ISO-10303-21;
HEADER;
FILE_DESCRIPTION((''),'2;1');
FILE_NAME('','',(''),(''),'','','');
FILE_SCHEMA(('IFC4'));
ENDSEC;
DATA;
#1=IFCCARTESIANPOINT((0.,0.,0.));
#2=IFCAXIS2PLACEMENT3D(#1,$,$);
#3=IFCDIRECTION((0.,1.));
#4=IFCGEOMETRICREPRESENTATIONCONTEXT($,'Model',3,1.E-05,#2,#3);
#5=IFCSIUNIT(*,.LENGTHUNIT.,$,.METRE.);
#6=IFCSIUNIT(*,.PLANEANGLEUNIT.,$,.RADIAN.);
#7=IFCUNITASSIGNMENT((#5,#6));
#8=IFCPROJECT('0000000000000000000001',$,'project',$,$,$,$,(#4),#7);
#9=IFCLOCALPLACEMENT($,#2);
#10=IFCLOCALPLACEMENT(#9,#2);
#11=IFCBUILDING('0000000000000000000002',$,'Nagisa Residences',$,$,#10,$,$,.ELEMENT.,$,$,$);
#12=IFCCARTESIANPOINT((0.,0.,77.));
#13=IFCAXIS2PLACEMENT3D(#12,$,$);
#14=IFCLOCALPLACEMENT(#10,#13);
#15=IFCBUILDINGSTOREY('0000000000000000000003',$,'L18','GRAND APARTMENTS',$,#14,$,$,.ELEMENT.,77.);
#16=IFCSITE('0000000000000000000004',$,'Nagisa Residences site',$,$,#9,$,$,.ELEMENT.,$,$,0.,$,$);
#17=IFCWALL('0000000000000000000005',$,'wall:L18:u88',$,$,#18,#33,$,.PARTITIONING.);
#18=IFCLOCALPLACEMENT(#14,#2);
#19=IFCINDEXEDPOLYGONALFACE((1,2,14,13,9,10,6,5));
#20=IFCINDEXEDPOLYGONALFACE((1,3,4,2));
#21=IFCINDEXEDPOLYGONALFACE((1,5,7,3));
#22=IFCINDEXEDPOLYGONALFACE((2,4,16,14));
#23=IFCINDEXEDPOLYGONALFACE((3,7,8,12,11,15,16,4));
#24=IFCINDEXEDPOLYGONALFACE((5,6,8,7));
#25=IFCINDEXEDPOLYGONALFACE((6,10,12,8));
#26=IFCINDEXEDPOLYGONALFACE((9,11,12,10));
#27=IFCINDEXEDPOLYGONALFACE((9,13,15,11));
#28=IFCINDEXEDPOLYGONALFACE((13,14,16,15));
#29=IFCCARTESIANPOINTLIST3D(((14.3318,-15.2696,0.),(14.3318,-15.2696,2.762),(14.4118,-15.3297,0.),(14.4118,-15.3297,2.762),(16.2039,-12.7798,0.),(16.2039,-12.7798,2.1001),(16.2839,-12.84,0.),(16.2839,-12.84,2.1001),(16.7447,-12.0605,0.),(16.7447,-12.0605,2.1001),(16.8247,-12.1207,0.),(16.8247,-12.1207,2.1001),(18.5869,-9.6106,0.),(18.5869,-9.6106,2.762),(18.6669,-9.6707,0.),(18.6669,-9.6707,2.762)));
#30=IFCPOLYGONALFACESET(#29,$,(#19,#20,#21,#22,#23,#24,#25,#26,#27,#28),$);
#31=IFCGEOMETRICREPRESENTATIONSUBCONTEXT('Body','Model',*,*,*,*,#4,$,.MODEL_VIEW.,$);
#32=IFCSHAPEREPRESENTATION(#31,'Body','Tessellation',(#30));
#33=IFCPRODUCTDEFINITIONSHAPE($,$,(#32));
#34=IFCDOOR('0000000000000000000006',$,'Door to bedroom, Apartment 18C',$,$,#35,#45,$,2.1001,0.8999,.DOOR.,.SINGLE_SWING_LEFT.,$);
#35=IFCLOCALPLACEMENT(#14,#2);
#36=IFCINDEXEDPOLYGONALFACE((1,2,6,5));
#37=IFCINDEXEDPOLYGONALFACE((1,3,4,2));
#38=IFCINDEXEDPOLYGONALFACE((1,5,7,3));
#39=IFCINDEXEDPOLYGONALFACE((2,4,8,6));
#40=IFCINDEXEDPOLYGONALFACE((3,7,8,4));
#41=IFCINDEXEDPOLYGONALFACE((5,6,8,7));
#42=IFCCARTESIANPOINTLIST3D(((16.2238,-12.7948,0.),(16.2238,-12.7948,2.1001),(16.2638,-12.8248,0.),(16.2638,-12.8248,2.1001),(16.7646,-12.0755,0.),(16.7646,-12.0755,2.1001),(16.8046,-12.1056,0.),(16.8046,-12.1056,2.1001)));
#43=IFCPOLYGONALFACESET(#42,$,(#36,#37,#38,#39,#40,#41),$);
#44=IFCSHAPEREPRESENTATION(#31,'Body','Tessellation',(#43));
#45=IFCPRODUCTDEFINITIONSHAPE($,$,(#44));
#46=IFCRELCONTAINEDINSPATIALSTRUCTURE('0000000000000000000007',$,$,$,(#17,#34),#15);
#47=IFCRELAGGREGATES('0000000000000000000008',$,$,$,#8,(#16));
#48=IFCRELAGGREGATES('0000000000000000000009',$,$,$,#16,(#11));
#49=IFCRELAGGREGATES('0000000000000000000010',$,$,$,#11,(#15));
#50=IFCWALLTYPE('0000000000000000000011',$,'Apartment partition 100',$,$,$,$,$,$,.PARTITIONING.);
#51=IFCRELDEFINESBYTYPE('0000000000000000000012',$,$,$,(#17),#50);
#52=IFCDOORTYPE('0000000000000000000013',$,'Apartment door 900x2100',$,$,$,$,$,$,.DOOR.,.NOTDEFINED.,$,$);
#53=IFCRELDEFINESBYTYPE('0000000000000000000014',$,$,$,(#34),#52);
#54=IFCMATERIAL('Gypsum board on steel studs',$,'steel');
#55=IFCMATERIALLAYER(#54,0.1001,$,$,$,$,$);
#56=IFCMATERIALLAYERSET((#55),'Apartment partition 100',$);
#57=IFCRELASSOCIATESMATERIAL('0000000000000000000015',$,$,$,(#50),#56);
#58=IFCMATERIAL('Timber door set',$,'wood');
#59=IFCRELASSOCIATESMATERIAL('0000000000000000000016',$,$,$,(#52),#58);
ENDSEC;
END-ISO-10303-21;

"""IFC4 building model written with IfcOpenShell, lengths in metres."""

from ifc_helpers import new_model, si_unit, direction, frame, frame_2d, origin, place, context, subcontext, project, spatial, rectangle, extrude, material, layer, layer_set, type_object, element, fill, save


model = new_model("IFC4")

# Units and contexts
model_context = context("Model", 3, precision=1e-05, world=origin(), true_north=direction((0.0, 1.0)))
body_context = subcontext(model_context, "Body", "Model", "MODEL_VIEW")
ifc_project = project(units=[si_unit("LENGTHUNIT", "METRE"), si_unit("PLANEANGLEUNIT", "RADIAN")], contexts=[model_context])

# Site, building, storey
site_placement = place(None, origin())
site = spatial("IfcSite", under=ifc_project, at=site_placement, Name="Nagisa Residences site", CompositionType="ELEMENT", RefElevation=0.0)
building_placement = place(site_placement, origin())
building = spatial("IfcBuilding", under=site, at=building_placement, Name="Nagisa Residences", CompositionType="ELEMENT")
storey_placement = place(building_placement, frame((0.0, 0.0, 77.0)))
storey = spatial("IfcBuildingStorey", under=building, at=storey_placement, Name="L18", Description="GRAND APARTMENTS", CompositionType="ELEMENT", Elevation=77.0)

# Shared definitions
ifc_material_1 = material(Name="Gypsum board on steel studs", Category="steel")
ifc_layer_1 = layer(ifc_material_1, 0.1001)
ifc_layer_set_1 = layer_set([ifc_layer_1], Name="Apartment partition 100")
wall_type_1 = type_object("IfcWallType", Name="Apartment partition 100", PredefinedType="PARTITIONING", material=ifc_layer_set_1)

# Wall, opening, door
wall_1_placement = place(storey_placement, frame((14.3718, -15.2996, 0.0), z_axis=(0.0, 0.0, 1.0), x_axis=(0.600987, 0.799259, 0.0)))
wall_1 = element("IfcWall", 1, at=wall_1_placement, inside=storey, type_object=wall_type_1, Name="wall:L18:u88", PredefinedType="PARTITIONING", context=body_context, shape_type="SweptSolid", body=[
    extrude(rectangle(XDim=7.0803, YDim=0.1001, at=frame_2d((3.54, 0.0))), origin(), (0.0, 0.0, 1.0), 2.762),
])
opening_1_placement = place(wall_1_placement, frame((3.115, 0.0, 0.0)))
opening_1 = element("IfcOpeningElement", 2, at=opening_1_placement, cuts=wall_1, PredefinedType="OPENING", context=body_context, shape_type="SweptSolid", body=[
    extrude(rectangle(XDim=0.8999, YDim=2.1001, at=frame_2d((0.45, 1.05))), frame((0.0, 0.0601, 0.0), z_axis=(0.0, -1.0, 0.0), x_axis=(1.0, 0.0, 0.0)), (0.0, 0.0, 1.0), 0.1201),
])
ifc_material_2 = material(Name="Timber door set", Category="wood")
door_type_1 = type_object("IfcDoorType", Name="Apartment door 900x2100", OperationType="NOTDEFINED", PredefinedType="DOOR", material=ifc_material_2)
door_1_placement = place(opening_1_placement, frame((0.8999, 0.0, 0.0), x_axis=(-1.0, 0.0, 0.0)))
door_1 = element("IfcDoor", 3, at=door_1_placement, inside=storey, type_object=door_type_1, Name="Door to bedroom, Apartment 18C", OperationType="SINGLE_SWING_LEFT", OverallHeight=2.1001, OverallWidth=0.8999, PredefinedType="DOOR", context=body_context, shape_type="SweptSolid", body=[
    extrude(rectangle(XDim=0.8999, YDim=2.1001, at=frame_2d((0.45, 1.05))), frame((0.0, 0.0249, 0.0), z_axis=(0.0, -1.0, 0.0), x_axis=(1.0, 0.0, 0.0)), (0.0, 0.0, 1.0), 0.05),
])
fill(opening_1, door_1)

save(model, "model.ifc")
